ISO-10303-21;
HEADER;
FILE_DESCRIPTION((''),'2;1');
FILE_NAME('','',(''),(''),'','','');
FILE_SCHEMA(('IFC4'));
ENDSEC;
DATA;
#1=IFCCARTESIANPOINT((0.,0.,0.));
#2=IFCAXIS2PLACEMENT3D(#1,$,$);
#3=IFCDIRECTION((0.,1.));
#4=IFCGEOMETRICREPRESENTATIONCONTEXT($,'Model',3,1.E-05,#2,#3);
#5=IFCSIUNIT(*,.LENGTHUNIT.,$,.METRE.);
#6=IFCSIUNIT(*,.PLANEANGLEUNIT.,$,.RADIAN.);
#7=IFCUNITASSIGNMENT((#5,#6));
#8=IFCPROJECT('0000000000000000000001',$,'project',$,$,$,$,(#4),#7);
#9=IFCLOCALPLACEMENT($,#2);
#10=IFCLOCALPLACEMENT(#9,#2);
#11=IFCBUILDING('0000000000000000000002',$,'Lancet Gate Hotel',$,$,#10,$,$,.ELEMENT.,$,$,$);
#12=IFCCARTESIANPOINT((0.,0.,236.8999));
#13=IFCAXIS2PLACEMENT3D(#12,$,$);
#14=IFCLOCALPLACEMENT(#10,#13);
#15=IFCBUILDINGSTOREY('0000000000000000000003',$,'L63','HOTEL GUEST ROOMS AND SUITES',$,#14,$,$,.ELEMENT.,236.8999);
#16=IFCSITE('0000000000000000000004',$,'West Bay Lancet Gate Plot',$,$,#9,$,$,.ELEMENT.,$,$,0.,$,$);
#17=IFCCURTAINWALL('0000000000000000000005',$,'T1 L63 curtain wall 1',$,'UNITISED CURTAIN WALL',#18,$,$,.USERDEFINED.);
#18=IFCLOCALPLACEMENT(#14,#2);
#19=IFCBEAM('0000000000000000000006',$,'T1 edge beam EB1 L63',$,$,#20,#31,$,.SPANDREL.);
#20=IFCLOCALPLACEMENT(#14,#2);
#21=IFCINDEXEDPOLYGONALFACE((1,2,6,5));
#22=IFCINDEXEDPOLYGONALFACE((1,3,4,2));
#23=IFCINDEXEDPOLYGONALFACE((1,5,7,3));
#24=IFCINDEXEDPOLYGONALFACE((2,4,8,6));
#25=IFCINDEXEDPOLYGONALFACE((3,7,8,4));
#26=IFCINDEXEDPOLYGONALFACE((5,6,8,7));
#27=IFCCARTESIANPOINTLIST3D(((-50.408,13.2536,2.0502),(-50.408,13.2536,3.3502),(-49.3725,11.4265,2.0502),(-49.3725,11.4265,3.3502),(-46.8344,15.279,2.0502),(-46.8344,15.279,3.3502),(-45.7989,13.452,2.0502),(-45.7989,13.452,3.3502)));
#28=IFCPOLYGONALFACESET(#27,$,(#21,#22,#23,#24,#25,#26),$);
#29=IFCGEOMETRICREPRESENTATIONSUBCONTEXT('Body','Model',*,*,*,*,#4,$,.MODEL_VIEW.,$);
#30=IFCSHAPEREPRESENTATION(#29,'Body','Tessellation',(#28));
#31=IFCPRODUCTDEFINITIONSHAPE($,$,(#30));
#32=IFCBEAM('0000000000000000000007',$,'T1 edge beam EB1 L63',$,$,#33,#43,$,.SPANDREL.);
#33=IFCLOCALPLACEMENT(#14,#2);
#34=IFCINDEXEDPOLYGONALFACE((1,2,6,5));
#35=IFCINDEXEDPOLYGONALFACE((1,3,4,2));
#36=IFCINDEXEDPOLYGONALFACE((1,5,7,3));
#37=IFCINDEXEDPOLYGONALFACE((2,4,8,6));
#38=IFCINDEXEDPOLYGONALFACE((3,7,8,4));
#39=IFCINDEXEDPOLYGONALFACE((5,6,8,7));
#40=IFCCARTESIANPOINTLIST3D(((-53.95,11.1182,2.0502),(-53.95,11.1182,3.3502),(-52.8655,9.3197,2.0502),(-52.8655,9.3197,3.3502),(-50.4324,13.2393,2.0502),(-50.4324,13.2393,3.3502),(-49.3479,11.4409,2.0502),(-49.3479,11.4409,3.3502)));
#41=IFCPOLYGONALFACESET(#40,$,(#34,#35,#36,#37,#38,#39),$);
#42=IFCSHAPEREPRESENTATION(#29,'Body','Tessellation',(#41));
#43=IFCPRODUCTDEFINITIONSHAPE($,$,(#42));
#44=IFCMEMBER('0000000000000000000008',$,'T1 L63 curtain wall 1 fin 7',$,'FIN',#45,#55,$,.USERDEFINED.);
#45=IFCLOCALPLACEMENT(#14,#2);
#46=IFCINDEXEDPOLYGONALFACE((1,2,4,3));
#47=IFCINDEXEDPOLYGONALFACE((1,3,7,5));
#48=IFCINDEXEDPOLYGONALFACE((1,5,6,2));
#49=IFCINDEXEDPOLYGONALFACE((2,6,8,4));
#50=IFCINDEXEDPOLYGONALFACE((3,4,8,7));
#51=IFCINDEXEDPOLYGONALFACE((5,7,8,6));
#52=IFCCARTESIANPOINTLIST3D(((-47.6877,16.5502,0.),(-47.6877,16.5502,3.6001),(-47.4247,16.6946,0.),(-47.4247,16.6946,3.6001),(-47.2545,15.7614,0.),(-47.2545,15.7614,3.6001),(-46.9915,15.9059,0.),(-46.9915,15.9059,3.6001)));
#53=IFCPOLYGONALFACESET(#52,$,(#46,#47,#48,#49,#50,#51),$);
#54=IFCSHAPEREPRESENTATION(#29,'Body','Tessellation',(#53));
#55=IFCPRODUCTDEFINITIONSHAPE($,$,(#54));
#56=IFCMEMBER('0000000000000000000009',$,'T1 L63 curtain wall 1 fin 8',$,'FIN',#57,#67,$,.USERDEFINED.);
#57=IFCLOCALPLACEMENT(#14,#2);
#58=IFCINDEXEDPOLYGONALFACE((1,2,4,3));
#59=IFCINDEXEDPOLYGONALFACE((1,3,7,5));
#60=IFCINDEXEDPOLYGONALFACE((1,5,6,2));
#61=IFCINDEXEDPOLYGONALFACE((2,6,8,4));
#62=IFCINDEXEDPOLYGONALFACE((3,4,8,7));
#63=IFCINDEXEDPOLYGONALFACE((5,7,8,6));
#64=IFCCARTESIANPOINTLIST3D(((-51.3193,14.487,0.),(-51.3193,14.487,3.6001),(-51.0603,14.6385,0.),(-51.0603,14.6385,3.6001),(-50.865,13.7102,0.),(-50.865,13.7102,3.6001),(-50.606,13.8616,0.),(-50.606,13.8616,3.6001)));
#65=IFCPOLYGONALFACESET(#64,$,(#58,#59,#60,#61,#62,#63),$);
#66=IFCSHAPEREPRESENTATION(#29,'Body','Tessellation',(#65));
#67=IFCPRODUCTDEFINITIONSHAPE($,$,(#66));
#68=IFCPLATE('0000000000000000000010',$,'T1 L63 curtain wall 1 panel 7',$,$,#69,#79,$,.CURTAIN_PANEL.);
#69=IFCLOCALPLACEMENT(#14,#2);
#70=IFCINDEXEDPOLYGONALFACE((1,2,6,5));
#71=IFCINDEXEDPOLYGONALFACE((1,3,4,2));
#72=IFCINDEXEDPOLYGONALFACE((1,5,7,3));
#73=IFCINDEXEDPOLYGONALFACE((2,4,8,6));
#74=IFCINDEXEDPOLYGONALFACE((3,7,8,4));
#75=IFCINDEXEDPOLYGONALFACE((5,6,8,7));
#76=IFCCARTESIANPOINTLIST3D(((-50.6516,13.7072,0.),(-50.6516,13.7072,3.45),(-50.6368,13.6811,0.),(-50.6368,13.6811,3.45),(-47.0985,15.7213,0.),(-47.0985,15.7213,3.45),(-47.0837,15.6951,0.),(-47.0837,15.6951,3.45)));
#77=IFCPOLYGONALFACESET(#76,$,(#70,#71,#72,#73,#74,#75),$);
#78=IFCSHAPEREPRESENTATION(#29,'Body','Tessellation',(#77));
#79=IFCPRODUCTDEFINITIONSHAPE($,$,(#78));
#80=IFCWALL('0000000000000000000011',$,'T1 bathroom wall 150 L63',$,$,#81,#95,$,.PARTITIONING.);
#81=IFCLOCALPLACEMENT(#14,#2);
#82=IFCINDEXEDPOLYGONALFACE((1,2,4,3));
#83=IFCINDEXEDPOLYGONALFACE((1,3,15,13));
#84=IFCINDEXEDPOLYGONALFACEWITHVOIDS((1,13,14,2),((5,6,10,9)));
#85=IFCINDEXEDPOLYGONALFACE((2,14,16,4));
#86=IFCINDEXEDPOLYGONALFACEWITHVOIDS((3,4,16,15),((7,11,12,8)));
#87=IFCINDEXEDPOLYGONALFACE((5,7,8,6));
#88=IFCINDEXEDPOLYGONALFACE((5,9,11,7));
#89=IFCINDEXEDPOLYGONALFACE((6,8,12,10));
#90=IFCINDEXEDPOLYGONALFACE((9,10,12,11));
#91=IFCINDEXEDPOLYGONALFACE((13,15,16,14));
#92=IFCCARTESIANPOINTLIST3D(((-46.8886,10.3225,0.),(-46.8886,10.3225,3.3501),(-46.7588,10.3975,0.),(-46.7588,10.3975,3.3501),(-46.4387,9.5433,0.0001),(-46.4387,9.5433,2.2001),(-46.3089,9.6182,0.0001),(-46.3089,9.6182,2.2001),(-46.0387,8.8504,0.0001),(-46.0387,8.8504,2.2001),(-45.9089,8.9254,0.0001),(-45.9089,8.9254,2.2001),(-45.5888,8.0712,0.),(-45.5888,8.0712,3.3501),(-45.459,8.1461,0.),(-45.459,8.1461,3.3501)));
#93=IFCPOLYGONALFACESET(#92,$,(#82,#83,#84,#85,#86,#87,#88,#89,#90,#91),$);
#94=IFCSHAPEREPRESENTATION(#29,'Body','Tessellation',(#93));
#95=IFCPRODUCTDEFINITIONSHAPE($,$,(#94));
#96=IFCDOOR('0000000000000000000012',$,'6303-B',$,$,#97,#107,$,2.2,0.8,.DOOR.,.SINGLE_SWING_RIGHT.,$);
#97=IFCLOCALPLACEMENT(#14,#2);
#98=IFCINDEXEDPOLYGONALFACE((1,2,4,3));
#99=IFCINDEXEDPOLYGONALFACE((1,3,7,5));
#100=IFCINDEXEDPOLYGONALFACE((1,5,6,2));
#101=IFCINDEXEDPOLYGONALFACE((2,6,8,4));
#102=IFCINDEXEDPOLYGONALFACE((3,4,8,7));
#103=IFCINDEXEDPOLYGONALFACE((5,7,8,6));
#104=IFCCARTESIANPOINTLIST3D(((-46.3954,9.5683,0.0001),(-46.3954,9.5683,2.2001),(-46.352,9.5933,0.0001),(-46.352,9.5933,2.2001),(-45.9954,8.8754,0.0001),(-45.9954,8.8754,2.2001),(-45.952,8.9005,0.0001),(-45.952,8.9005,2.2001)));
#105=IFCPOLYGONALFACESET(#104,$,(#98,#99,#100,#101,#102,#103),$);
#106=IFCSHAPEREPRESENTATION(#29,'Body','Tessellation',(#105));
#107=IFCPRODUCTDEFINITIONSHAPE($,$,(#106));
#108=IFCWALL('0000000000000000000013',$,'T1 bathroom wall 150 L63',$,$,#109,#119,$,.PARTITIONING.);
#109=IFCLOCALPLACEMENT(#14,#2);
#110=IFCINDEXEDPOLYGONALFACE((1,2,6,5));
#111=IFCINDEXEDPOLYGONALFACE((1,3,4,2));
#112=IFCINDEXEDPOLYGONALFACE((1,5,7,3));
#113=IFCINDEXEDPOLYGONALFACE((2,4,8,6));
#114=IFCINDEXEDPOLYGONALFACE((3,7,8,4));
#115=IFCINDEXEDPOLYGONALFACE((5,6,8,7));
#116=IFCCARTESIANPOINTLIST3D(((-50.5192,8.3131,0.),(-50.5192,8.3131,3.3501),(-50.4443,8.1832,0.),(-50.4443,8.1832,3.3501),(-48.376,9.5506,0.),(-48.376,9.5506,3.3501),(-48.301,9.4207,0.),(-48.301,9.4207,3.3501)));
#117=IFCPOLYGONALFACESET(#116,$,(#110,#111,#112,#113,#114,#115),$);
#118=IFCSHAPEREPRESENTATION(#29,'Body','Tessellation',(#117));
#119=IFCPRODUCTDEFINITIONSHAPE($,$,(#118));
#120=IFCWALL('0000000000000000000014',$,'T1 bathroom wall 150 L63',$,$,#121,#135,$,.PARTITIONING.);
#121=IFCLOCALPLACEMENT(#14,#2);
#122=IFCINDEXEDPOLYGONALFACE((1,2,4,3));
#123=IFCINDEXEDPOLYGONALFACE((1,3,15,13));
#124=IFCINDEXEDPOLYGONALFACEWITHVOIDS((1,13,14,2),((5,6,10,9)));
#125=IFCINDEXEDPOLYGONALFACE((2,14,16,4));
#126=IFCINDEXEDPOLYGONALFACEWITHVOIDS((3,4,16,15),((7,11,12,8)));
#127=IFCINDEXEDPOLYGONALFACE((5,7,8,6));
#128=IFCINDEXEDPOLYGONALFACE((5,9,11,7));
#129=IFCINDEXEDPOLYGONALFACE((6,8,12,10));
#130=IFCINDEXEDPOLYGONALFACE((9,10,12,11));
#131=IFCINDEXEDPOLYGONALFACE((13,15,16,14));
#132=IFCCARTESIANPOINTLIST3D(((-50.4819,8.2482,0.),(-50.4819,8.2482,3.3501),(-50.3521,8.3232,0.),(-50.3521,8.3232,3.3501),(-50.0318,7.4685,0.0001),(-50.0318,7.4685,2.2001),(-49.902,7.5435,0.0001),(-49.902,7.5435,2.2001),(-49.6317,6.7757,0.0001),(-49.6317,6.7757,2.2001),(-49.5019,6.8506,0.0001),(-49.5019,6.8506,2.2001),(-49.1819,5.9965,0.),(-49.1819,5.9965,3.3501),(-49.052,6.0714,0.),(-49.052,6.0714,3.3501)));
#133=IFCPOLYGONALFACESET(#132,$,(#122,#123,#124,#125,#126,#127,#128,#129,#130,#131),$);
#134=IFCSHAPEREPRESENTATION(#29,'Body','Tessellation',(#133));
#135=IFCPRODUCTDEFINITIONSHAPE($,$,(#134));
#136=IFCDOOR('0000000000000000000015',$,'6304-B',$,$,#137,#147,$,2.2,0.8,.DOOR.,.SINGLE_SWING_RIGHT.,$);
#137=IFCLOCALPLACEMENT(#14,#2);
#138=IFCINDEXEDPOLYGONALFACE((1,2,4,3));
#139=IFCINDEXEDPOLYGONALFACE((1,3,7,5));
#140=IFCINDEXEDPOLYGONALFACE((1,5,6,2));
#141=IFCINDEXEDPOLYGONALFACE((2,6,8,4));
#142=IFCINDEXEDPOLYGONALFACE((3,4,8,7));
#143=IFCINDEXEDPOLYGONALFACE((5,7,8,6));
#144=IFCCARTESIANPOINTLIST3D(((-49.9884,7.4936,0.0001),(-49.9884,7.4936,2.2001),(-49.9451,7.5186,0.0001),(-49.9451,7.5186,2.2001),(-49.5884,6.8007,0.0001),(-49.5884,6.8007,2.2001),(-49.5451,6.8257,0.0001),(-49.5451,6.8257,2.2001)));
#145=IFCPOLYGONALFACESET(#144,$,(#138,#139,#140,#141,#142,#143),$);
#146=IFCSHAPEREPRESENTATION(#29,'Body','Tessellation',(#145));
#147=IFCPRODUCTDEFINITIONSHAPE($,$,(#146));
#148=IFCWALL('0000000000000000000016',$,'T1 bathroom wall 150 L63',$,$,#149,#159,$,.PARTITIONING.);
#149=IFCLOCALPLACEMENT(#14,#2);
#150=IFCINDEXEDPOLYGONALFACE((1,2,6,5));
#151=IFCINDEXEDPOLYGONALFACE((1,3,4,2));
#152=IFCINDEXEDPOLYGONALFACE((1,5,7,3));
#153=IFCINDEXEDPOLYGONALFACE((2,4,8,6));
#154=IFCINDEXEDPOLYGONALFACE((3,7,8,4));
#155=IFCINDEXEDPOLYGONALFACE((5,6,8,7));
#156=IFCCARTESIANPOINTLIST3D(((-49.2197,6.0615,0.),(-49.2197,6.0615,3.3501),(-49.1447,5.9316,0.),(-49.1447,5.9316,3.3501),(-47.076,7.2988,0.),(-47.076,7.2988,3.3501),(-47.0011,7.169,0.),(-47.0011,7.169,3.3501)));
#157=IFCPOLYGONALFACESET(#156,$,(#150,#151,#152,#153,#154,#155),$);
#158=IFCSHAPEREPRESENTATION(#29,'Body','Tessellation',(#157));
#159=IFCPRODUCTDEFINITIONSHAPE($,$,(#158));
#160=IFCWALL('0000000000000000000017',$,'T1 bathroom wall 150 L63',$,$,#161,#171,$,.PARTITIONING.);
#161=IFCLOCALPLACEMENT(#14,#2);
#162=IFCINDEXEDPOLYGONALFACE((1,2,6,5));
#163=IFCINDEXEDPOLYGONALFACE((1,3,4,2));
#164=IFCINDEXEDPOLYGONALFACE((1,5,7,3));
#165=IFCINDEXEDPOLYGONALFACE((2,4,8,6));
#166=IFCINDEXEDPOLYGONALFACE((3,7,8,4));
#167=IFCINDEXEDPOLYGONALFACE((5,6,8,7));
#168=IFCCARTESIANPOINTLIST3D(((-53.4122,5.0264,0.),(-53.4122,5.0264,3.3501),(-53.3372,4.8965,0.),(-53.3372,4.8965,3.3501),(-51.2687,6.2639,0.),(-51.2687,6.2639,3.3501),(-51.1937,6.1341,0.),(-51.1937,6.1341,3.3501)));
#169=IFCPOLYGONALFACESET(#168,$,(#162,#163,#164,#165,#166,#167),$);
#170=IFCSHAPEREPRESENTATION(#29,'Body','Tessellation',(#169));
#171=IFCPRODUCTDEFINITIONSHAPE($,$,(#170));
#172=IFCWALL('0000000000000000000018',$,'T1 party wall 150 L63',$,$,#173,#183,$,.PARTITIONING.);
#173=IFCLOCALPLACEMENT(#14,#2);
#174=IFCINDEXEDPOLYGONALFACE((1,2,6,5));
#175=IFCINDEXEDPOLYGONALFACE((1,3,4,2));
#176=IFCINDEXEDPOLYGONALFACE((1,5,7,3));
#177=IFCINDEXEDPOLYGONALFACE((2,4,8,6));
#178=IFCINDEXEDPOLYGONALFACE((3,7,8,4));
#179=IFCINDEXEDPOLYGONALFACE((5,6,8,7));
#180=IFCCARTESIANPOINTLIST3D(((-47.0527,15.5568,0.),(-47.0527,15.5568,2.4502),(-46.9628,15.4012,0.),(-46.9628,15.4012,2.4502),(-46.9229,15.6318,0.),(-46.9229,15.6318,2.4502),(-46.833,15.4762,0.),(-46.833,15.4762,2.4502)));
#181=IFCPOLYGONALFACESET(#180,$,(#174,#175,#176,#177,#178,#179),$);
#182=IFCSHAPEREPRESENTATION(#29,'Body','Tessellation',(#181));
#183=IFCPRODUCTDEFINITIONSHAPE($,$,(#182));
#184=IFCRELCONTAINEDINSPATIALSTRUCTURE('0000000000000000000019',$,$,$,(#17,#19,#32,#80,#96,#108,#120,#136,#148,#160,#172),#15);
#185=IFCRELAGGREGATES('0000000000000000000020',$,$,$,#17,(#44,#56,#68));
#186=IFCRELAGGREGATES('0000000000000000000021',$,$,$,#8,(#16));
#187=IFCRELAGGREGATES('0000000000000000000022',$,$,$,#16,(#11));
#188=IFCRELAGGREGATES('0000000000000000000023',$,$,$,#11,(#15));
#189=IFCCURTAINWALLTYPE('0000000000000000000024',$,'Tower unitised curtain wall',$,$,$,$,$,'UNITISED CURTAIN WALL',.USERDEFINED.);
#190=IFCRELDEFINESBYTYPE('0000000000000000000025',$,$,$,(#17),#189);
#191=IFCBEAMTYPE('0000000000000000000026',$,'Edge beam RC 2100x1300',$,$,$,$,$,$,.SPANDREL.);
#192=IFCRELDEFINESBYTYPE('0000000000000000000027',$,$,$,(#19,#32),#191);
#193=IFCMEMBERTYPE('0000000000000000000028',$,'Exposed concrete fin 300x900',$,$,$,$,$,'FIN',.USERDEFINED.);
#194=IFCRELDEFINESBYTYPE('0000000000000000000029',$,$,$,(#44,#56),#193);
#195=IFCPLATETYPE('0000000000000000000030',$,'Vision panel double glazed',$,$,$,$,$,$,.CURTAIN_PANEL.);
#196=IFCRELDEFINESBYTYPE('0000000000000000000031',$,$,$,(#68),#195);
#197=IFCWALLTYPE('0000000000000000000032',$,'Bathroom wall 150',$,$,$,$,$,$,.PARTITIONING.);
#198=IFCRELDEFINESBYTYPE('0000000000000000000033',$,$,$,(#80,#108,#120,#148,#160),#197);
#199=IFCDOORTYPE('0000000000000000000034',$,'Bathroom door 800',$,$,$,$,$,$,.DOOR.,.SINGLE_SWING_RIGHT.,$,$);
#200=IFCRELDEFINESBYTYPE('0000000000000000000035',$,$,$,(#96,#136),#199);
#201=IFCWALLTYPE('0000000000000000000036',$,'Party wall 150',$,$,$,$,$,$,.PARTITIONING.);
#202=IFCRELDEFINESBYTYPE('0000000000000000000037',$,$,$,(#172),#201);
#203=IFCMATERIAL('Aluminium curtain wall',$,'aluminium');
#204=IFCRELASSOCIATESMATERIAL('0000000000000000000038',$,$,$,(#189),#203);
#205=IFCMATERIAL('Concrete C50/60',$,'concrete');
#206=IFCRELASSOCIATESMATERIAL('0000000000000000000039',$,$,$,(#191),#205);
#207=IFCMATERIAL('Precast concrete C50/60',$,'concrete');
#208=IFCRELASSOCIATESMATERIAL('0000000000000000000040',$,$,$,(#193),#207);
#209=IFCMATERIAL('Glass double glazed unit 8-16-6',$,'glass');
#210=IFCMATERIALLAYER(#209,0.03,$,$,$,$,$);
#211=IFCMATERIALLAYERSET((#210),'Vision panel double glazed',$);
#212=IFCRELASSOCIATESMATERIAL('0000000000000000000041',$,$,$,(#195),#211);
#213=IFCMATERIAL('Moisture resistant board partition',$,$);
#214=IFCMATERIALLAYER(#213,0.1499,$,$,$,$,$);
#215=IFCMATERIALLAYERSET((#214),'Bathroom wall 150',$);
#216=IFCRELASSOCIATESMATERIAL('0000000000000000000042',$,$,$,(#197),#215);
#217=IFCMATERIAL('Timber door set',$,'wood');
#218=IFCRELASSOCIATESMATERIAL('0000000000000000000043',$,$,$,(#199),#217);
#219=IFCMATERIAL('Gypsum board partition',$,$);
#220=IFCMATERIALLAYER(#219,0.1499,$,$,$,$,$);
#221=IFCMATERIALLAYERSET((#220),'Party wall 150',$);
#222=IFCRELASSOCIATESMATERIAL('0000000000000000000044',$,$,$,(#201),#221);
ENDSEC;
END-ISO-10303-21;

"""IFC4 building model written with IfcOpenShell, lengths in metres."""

from ifc_helpers import new_model, si_unit, direction, frame, frame_2d, origin, origin_2d, place, context, subcontext, project, spatial, rectangle, extrude, material, layer, layer_set, material_profile, profile_set, type_object, element, fill, aggregate, save


model = new_model("IFC4")

# Units and contexts
model_context = context("Model", 3, precision=1e-05, world=origin(), true_north=direction((0.0, 1.0)))
body_context = subcontext(model_context, "Body", "Model", "MODEL_VIEW")
ifc_project = project(units=[si_unit("LENGTHUNIT", "METRE"), si_unit("PLANEANGLEUNIT", "RADIAN")], contexts=[model_context])

# Site, building, storey
site_placement = place(None, origin())
site = spatial("IfcSite", under=ifc_project, at=site_placement, Name="West Bay Lancet Gate Plot", CompositionType="ELEMENT", RefElevation=0.0)
building_placement = place(site_placement, origin())
building = spatial("IfcBuilding", under=site, at=building_placement, Name="Lancet Gate Hotel", CompositionType="ELEMENT")
storey_placement = place(building_placement, frame((0.0, 0.0, 236.8999)))
storey = spatial("IfcBuildingStorey", under=building, at=storey_placement, Name="L63", Description="HOTEL GUEST ROOMS AND SUITES", CompositionType="ELEMENT", Elevation=236.8999)

# Curtain wall
ifc_material_1 = material(Name="Aluminium curtain wall", Category="aluminium")
curtain_wall_type = type_object("IfcCurtainWallType", Name="Tower unitised curtain wall", ElementType="UNITISED CURTAIN WALL", PredefinedType="USERDEFINED", material=ifc_material_1)
curtain_wall_placement = place(storey_placement, origin())
curtain_wall = element("IfcCurtainWall", 1, at=curtain_wall_placement, inside=storey, type_object=curtain_wall_type, Name="T1 L63 curtain wall 1", ObjectType="UNITISED CURTAIN WALL", PredefinedType="USERDEFINED")

# Beams
ifc_material_2 = material(Name="Concrete C50/60", Category="concrete")
ifc_material_profile_1 = material_profile(ifc_material_2, rectangle(XDim=2.1001, YDim=1.3, at=origin_2d()), Name="RC 2100x1300")
ifc_profile_set_1 = profile_set([ifc_material_profile_1], Name="Concrete C50/60")
beam_type = type_object("IfcBeamType", Name="Edge beam RC 2100x1300", PredefinedType="SPANDREL", material=ifc_profile_set_1)
for number, where, z_axis, x_axis, name in (
    (2, (-46.3167, 14.3655, 2.7002), (-0.869979, -0.493089, 0.0), (0.493089, -0.869979, 0.0), "T1 edge beam EB1 L63"),
    (3, (-49.8901, 12.3401, 2.7002), (-0.856358, -0.516382, 0.0), (0.516382, -0.856358, 0.0), "T1 edge beam EB1 L63"),
):
    element("IfcBeam", number, at=place(storey_placement, frame(where, z_axis=z_axis, x_axis=x_axis)), inside=storey, type_object=beam_type, Name=name, PredefinedType="SPANDREL", context=body_context, shape_type="SweptSolid", body=[
        extrude(rectangle(XDim=2.1001, YDim=1.3, at=origin_2d()), origin(), (0.0, 0.0, 1.0), 4.1077),
    ])

# Members
ifc_material_3 = material(Name="Precast concrete C50/60", Category="concrete")
ifc_material_profile_2 = material_profile(ifc_material_3, rectangle(XDim=0.3, YDim=0.8999, at=origin_2d()), Name="FIN 300x900")
ifc_profile_set_2 = profile_set([ifc_material_profile_2], Name="Precast concrete C50/60")
member_type_1 = type_object("IfcMemberType", Name="Exposed concrete fin 300x900", ElementType="FIN", PredefinedType="USERDEFINED", material=ifc_profile_set_2)
member_1_placement = place(storey_placement, frame((-47.3396, 16.228, 0.0), z_axis=(0.0, 0.0, 1.0), x_axis=(-0.876516, -0.481372, 0.0)))
member_1 = element("IfcMember", 4, at=member_1_placement, type_object=member_type_1, Name="T1 L63 curtain wall 1 fin 7", ObjectType="FIN", PredefinedType="USERDEFINED", context=body_context, shape_type="SweptSolid", body=[
    extrude(rectangle(XDim=0.3, YDim=0.8999, at=origin_2d()), origin(), (0.0, 0.0, 1.0), 3.6001),
])
member_2_placement = place(storey_placement, frame((-50.9626, 14.1743, 0.0), z_axis=(0.0, 0.0, 1.0), x_axis=(-0.863242, -0.50479, 0.0)))
member_2 = element("IfcMember", 5, at=member_2_placement, type_object=member_type_1, Name="T1 L63 curtain wall 1 fin 8", ObjectType="FIN", PredefinedType="USERDEFINED", context=body_context, shape_type="SweptSolid", body=[
    extrude(rectangle(XDim=0.3, YDim=0.8999, at=origin_2d()), origin(), (0.0, 0.0, 1.0), 3.6001),
])

# Plate
ifc_material_4 = material(Name="Glass double glazed unit 8-16-6", Category="glass")
ifc_layer_1 = layer(ifc_material_4, 0.03)
ifc_layer_set_1 = layer_set([ifc_layer_1], Name="Vision panel double glazed")
plate_type = type_object("IfcPlateType", Name="Vision panel double glazed", PredefinedType="CURTAIN_PANEL", material=ifc_layer_set_1)
plate_placement = place(storey_placement, frame((-48.8677, 14.7012, 0.0), z_axis=(0.0, 0.0, 1.0), x_axis=(-0.869958, -0.493126, 0.0)))
plate = element("IfcPlate", 6, at=plate_placement, type_object=plate_type, Name="T1 L63 curtain wall 1 panel 7", PredefinedType="CURTAIN_PANEL", context=body_context, shape_type="SweptSolid", body=[
    extrude(rectangle(XDim=4.0842, YDim=0.03, at=origin_2d()), origin(), (0.0, 0.0, 1.0), 3.45),
])
aggregate(curtain_wall, [member_1, member_2, plate])

# Wall, opening, door
ifc_material_5 = material(Name="Moisture resistant board partition")
ifc_layer_2 = layer(ifc_material_5, 0.1499)
ifc_layer_set_2 = layer_set([ifc_layer_2], Name="Bathroom wall 150")
wall_type_1 = type_object("IfcWallType", Name="Bathroom wall 150", PredefinedType="PARTITIONING", material=ifc_layer_set_2)
wall_1_placement = place(storey_placement, frame((-45.5239, 8.1086, 0.0), z_axis=(0.0, 0.0, 1.0), x_axis=(-0.499977, 0.866039, 0.0)))
wall_1 = element("IfcWall", 7, at=wall_1_placement, inside=storey, type_object=wall_type_1, Name="T1 bathroom wall 150 L63", PredefinedType="PARTITIONING", context=body_context, shape_type="SweptSolid", body=[
    extrude(rectangle(XDim=2.5996, YDim=0.1499, at=frame_2d((1.2998, 0.0))), origin(), (0.0, 0.0, 1.0), 3.3501),
])
opening_1_placement = place(wall_1_placement, frame((0.8999, 0.0, 0.0)))
opening_1 = element("IfcOpeningElement", 8, at=opening_1_placement, cuts=wall_1, PredefinedType="OPENING", context=body_context, shape_type="SweptSolid", body=[
    extrude(rectangle(XDim=0.8, YDim=2.2, at=frame_2d((0.3999, 1.1001))), frame((0.0, 0.085, 0.0), z_axis=(0.0, -1.0, 0.0), x_axis=(1.0, 0.0, 0.0)), (0.0, 0.0, 1.0), 0.1699),
])
ifc_material_6 = material(Name="Timber door set", Category="wood")
door_type = type_object("IfcDoorType", Name="Bathroom door 800", OperationType="SINGLE_SWING_RIGHT", PredefinedType="DOOR", material=ifc_material_6)
door_1_placement = place(opening_1_placement, origin())
door_1 = element("IfcDoor", 9, at=door_1_placement, inside=storey, type_object=door_type, Name="6303-B", OperationType="SINGLE_SWING_RIGHT", OverallHeight=2.2, OverallWidth=0.8, PredefinedType="DOOR", context=body_context, shape_type="SweptSolid", body=[
    extrude(rectangle(XDim=0.8, YDim=2.2, at=frame_2d((0.3999, 1.1001))), frame((0.0, 0.0249, 0.0), z_axis=(0.0, -1.0, 0.0), x_axis=(1.0, 0.0, 0.0)), (0.0, 0.0, 1.0), 0.05),
])
fill(opening_1, door_1)

# Wall
wall_2_placement = place(storey_placement, frame((-48.3386, 9.4856, 0.0), z_axis=(0.0, 0.0, 1.0), x_axis=(-0.866007, -0.500033, 0.0)))
element("IfcWall", 10, at=wall_2_placement, inside=storey, type_object=wall_type_1, Name="T1 bathroom wall 150 L63", PredefinedType="PARTITIONING", context=body_context, shape_type="SweptSolid", body=[
    extrude(rectangle(XDim=2.4749, YDim=0.1499, at=frame_2d((1.2373, 0.0))), origin(), (0.0, 0.0, 1.0), 3.3501),
])

# Wall, opening, door
wall_3_placement = place(storey_placement, frame((-49.1169, 6.0339, 0.0), z_axis=(0.0, 0.0, 1.0), x_axis=(-0.500007, 0.866021, 0.0)))
wall_3 = element("IfcWall", 11, at=wall_3_placement, inside=storey, type_object=wall_type_1, Name="T1 bathroom wall 150 L63", PredefinedType="PARTITIONING", context=body_context, shape_type="SweptSolid", body=[
    extrude(rectangle(XDim=2.6001, YDim=0.1499, at=frame_2d((1.3, 0.0))), origin(), (0.0, 0.0, 1.0), 3.3501),
])
opening_2_placement = place(wall_3_placement, frame((0.8999, 0.0, 0.0)))
opening_2 = element("IfcOpeningElement", 12, at=opening_2_placement, cuts=wall_3, PredefinedType="OPENING", context=body_context, shape_type="SweptSolid", body=[
    extrude(rectangle(XDim=0.8, YDim=2.2, at=frame_2d((0.3999, 1.1001))), frame((0.0, 0.085, 0.0), z_axis=(0.0, -1.0, 0.0), x_axis=(1.0, 0.0, 0.0)), (0.0, 0.0, 1.0), 0.1699),
])
door_2_placement = place(opening_2_placement, origin())
door_2 = element("IfcDoor", 13, at=door_2_placement, inside=storey, type_object=door_type, Name="6304-B", OperationType="SINGLE_SWING_RIGHT", OverallHeight=2.2, OverallWidth=0.8, PredefinedType="DOOR", context=body_context, shape_type="SweptSolid", body=[
    extrude(rectangle(XDim=0.8, YDim=2.2, at=frame_2d((0.3999, 1.1001))), frame((0.0, 0.0249, 0.0), z_axis=(0.0, -1.0, 0.0), x_axis=(1.0, 0.0, 0.0)), (0.0, 0.0, 1.0), 0.05),
])
fill(opening_2, door_2)

# Walls
for number, where, z_axis, x_axis, name in (
    (14, (-47.0386, 7.2339, 0.0), (0.0, 0.0, 1.0), (-0.866074, -0.499916, 0.0), "T1 bathroom wall 150 L63"),
    (15, (-51.2312, 6.199, 0.0), (0.0, 0.0, 1.0), (-0.866031, -0.49999, 0.0), "T1 bathroom wall 150 L63"),
):
    element("IfcWall", number, at=place(storey_placement, frame(where, z_axis=z_axis, x_axis=x_axis)), inside=storey, type_object=wall_type_1, Name=name, PredefinedType="PARTITIONING", context=body_context, shape_type="SweptSolid", body=[
        extrude(rectangle(XDim=2.4751, YDim=0.1499, at=frame_2d((1.2375, 0.0))), origin(), (0.0, 0.0, 1.0), 3.3501),
    ])
ifc_material_7 = material(Name="Gypsum board partition")
ifc_layer_3 = layer(ifc_material_7, 0.1499)
ifc_layer_set_3 = layer_set([ifc_layer_3], Name="Party wall 150")
wall_type_2 = type_object("IfcWallType", Name="Party wall 150", PredefinedType="PARTITIONING", material=ifc_layer_set_3)
wall_4_placement = place(storey_placement, frame((-46.8979, 15.4387, 0.0), z_axis=(0.0, 0.0, 1.0), x_axis=(-0.500232, 0.865891, 0.0)))
element("IfcWall", 16, at=wall_4_placement, inside=storey, type_object=wall_type_2, Name="T1 party wall 150 L63", PredefinedType="PARTITIONING", context=body_context, shape_type="SweptSolid", body=[
    extrude(rectangle(XDim=0.1797, YDim=0.1499, at=frame_2d((0.0898, 0.0))), origin(), (0.0, 0.0, 1.0), 2.4502),
])

save(model, "model.ifc")
